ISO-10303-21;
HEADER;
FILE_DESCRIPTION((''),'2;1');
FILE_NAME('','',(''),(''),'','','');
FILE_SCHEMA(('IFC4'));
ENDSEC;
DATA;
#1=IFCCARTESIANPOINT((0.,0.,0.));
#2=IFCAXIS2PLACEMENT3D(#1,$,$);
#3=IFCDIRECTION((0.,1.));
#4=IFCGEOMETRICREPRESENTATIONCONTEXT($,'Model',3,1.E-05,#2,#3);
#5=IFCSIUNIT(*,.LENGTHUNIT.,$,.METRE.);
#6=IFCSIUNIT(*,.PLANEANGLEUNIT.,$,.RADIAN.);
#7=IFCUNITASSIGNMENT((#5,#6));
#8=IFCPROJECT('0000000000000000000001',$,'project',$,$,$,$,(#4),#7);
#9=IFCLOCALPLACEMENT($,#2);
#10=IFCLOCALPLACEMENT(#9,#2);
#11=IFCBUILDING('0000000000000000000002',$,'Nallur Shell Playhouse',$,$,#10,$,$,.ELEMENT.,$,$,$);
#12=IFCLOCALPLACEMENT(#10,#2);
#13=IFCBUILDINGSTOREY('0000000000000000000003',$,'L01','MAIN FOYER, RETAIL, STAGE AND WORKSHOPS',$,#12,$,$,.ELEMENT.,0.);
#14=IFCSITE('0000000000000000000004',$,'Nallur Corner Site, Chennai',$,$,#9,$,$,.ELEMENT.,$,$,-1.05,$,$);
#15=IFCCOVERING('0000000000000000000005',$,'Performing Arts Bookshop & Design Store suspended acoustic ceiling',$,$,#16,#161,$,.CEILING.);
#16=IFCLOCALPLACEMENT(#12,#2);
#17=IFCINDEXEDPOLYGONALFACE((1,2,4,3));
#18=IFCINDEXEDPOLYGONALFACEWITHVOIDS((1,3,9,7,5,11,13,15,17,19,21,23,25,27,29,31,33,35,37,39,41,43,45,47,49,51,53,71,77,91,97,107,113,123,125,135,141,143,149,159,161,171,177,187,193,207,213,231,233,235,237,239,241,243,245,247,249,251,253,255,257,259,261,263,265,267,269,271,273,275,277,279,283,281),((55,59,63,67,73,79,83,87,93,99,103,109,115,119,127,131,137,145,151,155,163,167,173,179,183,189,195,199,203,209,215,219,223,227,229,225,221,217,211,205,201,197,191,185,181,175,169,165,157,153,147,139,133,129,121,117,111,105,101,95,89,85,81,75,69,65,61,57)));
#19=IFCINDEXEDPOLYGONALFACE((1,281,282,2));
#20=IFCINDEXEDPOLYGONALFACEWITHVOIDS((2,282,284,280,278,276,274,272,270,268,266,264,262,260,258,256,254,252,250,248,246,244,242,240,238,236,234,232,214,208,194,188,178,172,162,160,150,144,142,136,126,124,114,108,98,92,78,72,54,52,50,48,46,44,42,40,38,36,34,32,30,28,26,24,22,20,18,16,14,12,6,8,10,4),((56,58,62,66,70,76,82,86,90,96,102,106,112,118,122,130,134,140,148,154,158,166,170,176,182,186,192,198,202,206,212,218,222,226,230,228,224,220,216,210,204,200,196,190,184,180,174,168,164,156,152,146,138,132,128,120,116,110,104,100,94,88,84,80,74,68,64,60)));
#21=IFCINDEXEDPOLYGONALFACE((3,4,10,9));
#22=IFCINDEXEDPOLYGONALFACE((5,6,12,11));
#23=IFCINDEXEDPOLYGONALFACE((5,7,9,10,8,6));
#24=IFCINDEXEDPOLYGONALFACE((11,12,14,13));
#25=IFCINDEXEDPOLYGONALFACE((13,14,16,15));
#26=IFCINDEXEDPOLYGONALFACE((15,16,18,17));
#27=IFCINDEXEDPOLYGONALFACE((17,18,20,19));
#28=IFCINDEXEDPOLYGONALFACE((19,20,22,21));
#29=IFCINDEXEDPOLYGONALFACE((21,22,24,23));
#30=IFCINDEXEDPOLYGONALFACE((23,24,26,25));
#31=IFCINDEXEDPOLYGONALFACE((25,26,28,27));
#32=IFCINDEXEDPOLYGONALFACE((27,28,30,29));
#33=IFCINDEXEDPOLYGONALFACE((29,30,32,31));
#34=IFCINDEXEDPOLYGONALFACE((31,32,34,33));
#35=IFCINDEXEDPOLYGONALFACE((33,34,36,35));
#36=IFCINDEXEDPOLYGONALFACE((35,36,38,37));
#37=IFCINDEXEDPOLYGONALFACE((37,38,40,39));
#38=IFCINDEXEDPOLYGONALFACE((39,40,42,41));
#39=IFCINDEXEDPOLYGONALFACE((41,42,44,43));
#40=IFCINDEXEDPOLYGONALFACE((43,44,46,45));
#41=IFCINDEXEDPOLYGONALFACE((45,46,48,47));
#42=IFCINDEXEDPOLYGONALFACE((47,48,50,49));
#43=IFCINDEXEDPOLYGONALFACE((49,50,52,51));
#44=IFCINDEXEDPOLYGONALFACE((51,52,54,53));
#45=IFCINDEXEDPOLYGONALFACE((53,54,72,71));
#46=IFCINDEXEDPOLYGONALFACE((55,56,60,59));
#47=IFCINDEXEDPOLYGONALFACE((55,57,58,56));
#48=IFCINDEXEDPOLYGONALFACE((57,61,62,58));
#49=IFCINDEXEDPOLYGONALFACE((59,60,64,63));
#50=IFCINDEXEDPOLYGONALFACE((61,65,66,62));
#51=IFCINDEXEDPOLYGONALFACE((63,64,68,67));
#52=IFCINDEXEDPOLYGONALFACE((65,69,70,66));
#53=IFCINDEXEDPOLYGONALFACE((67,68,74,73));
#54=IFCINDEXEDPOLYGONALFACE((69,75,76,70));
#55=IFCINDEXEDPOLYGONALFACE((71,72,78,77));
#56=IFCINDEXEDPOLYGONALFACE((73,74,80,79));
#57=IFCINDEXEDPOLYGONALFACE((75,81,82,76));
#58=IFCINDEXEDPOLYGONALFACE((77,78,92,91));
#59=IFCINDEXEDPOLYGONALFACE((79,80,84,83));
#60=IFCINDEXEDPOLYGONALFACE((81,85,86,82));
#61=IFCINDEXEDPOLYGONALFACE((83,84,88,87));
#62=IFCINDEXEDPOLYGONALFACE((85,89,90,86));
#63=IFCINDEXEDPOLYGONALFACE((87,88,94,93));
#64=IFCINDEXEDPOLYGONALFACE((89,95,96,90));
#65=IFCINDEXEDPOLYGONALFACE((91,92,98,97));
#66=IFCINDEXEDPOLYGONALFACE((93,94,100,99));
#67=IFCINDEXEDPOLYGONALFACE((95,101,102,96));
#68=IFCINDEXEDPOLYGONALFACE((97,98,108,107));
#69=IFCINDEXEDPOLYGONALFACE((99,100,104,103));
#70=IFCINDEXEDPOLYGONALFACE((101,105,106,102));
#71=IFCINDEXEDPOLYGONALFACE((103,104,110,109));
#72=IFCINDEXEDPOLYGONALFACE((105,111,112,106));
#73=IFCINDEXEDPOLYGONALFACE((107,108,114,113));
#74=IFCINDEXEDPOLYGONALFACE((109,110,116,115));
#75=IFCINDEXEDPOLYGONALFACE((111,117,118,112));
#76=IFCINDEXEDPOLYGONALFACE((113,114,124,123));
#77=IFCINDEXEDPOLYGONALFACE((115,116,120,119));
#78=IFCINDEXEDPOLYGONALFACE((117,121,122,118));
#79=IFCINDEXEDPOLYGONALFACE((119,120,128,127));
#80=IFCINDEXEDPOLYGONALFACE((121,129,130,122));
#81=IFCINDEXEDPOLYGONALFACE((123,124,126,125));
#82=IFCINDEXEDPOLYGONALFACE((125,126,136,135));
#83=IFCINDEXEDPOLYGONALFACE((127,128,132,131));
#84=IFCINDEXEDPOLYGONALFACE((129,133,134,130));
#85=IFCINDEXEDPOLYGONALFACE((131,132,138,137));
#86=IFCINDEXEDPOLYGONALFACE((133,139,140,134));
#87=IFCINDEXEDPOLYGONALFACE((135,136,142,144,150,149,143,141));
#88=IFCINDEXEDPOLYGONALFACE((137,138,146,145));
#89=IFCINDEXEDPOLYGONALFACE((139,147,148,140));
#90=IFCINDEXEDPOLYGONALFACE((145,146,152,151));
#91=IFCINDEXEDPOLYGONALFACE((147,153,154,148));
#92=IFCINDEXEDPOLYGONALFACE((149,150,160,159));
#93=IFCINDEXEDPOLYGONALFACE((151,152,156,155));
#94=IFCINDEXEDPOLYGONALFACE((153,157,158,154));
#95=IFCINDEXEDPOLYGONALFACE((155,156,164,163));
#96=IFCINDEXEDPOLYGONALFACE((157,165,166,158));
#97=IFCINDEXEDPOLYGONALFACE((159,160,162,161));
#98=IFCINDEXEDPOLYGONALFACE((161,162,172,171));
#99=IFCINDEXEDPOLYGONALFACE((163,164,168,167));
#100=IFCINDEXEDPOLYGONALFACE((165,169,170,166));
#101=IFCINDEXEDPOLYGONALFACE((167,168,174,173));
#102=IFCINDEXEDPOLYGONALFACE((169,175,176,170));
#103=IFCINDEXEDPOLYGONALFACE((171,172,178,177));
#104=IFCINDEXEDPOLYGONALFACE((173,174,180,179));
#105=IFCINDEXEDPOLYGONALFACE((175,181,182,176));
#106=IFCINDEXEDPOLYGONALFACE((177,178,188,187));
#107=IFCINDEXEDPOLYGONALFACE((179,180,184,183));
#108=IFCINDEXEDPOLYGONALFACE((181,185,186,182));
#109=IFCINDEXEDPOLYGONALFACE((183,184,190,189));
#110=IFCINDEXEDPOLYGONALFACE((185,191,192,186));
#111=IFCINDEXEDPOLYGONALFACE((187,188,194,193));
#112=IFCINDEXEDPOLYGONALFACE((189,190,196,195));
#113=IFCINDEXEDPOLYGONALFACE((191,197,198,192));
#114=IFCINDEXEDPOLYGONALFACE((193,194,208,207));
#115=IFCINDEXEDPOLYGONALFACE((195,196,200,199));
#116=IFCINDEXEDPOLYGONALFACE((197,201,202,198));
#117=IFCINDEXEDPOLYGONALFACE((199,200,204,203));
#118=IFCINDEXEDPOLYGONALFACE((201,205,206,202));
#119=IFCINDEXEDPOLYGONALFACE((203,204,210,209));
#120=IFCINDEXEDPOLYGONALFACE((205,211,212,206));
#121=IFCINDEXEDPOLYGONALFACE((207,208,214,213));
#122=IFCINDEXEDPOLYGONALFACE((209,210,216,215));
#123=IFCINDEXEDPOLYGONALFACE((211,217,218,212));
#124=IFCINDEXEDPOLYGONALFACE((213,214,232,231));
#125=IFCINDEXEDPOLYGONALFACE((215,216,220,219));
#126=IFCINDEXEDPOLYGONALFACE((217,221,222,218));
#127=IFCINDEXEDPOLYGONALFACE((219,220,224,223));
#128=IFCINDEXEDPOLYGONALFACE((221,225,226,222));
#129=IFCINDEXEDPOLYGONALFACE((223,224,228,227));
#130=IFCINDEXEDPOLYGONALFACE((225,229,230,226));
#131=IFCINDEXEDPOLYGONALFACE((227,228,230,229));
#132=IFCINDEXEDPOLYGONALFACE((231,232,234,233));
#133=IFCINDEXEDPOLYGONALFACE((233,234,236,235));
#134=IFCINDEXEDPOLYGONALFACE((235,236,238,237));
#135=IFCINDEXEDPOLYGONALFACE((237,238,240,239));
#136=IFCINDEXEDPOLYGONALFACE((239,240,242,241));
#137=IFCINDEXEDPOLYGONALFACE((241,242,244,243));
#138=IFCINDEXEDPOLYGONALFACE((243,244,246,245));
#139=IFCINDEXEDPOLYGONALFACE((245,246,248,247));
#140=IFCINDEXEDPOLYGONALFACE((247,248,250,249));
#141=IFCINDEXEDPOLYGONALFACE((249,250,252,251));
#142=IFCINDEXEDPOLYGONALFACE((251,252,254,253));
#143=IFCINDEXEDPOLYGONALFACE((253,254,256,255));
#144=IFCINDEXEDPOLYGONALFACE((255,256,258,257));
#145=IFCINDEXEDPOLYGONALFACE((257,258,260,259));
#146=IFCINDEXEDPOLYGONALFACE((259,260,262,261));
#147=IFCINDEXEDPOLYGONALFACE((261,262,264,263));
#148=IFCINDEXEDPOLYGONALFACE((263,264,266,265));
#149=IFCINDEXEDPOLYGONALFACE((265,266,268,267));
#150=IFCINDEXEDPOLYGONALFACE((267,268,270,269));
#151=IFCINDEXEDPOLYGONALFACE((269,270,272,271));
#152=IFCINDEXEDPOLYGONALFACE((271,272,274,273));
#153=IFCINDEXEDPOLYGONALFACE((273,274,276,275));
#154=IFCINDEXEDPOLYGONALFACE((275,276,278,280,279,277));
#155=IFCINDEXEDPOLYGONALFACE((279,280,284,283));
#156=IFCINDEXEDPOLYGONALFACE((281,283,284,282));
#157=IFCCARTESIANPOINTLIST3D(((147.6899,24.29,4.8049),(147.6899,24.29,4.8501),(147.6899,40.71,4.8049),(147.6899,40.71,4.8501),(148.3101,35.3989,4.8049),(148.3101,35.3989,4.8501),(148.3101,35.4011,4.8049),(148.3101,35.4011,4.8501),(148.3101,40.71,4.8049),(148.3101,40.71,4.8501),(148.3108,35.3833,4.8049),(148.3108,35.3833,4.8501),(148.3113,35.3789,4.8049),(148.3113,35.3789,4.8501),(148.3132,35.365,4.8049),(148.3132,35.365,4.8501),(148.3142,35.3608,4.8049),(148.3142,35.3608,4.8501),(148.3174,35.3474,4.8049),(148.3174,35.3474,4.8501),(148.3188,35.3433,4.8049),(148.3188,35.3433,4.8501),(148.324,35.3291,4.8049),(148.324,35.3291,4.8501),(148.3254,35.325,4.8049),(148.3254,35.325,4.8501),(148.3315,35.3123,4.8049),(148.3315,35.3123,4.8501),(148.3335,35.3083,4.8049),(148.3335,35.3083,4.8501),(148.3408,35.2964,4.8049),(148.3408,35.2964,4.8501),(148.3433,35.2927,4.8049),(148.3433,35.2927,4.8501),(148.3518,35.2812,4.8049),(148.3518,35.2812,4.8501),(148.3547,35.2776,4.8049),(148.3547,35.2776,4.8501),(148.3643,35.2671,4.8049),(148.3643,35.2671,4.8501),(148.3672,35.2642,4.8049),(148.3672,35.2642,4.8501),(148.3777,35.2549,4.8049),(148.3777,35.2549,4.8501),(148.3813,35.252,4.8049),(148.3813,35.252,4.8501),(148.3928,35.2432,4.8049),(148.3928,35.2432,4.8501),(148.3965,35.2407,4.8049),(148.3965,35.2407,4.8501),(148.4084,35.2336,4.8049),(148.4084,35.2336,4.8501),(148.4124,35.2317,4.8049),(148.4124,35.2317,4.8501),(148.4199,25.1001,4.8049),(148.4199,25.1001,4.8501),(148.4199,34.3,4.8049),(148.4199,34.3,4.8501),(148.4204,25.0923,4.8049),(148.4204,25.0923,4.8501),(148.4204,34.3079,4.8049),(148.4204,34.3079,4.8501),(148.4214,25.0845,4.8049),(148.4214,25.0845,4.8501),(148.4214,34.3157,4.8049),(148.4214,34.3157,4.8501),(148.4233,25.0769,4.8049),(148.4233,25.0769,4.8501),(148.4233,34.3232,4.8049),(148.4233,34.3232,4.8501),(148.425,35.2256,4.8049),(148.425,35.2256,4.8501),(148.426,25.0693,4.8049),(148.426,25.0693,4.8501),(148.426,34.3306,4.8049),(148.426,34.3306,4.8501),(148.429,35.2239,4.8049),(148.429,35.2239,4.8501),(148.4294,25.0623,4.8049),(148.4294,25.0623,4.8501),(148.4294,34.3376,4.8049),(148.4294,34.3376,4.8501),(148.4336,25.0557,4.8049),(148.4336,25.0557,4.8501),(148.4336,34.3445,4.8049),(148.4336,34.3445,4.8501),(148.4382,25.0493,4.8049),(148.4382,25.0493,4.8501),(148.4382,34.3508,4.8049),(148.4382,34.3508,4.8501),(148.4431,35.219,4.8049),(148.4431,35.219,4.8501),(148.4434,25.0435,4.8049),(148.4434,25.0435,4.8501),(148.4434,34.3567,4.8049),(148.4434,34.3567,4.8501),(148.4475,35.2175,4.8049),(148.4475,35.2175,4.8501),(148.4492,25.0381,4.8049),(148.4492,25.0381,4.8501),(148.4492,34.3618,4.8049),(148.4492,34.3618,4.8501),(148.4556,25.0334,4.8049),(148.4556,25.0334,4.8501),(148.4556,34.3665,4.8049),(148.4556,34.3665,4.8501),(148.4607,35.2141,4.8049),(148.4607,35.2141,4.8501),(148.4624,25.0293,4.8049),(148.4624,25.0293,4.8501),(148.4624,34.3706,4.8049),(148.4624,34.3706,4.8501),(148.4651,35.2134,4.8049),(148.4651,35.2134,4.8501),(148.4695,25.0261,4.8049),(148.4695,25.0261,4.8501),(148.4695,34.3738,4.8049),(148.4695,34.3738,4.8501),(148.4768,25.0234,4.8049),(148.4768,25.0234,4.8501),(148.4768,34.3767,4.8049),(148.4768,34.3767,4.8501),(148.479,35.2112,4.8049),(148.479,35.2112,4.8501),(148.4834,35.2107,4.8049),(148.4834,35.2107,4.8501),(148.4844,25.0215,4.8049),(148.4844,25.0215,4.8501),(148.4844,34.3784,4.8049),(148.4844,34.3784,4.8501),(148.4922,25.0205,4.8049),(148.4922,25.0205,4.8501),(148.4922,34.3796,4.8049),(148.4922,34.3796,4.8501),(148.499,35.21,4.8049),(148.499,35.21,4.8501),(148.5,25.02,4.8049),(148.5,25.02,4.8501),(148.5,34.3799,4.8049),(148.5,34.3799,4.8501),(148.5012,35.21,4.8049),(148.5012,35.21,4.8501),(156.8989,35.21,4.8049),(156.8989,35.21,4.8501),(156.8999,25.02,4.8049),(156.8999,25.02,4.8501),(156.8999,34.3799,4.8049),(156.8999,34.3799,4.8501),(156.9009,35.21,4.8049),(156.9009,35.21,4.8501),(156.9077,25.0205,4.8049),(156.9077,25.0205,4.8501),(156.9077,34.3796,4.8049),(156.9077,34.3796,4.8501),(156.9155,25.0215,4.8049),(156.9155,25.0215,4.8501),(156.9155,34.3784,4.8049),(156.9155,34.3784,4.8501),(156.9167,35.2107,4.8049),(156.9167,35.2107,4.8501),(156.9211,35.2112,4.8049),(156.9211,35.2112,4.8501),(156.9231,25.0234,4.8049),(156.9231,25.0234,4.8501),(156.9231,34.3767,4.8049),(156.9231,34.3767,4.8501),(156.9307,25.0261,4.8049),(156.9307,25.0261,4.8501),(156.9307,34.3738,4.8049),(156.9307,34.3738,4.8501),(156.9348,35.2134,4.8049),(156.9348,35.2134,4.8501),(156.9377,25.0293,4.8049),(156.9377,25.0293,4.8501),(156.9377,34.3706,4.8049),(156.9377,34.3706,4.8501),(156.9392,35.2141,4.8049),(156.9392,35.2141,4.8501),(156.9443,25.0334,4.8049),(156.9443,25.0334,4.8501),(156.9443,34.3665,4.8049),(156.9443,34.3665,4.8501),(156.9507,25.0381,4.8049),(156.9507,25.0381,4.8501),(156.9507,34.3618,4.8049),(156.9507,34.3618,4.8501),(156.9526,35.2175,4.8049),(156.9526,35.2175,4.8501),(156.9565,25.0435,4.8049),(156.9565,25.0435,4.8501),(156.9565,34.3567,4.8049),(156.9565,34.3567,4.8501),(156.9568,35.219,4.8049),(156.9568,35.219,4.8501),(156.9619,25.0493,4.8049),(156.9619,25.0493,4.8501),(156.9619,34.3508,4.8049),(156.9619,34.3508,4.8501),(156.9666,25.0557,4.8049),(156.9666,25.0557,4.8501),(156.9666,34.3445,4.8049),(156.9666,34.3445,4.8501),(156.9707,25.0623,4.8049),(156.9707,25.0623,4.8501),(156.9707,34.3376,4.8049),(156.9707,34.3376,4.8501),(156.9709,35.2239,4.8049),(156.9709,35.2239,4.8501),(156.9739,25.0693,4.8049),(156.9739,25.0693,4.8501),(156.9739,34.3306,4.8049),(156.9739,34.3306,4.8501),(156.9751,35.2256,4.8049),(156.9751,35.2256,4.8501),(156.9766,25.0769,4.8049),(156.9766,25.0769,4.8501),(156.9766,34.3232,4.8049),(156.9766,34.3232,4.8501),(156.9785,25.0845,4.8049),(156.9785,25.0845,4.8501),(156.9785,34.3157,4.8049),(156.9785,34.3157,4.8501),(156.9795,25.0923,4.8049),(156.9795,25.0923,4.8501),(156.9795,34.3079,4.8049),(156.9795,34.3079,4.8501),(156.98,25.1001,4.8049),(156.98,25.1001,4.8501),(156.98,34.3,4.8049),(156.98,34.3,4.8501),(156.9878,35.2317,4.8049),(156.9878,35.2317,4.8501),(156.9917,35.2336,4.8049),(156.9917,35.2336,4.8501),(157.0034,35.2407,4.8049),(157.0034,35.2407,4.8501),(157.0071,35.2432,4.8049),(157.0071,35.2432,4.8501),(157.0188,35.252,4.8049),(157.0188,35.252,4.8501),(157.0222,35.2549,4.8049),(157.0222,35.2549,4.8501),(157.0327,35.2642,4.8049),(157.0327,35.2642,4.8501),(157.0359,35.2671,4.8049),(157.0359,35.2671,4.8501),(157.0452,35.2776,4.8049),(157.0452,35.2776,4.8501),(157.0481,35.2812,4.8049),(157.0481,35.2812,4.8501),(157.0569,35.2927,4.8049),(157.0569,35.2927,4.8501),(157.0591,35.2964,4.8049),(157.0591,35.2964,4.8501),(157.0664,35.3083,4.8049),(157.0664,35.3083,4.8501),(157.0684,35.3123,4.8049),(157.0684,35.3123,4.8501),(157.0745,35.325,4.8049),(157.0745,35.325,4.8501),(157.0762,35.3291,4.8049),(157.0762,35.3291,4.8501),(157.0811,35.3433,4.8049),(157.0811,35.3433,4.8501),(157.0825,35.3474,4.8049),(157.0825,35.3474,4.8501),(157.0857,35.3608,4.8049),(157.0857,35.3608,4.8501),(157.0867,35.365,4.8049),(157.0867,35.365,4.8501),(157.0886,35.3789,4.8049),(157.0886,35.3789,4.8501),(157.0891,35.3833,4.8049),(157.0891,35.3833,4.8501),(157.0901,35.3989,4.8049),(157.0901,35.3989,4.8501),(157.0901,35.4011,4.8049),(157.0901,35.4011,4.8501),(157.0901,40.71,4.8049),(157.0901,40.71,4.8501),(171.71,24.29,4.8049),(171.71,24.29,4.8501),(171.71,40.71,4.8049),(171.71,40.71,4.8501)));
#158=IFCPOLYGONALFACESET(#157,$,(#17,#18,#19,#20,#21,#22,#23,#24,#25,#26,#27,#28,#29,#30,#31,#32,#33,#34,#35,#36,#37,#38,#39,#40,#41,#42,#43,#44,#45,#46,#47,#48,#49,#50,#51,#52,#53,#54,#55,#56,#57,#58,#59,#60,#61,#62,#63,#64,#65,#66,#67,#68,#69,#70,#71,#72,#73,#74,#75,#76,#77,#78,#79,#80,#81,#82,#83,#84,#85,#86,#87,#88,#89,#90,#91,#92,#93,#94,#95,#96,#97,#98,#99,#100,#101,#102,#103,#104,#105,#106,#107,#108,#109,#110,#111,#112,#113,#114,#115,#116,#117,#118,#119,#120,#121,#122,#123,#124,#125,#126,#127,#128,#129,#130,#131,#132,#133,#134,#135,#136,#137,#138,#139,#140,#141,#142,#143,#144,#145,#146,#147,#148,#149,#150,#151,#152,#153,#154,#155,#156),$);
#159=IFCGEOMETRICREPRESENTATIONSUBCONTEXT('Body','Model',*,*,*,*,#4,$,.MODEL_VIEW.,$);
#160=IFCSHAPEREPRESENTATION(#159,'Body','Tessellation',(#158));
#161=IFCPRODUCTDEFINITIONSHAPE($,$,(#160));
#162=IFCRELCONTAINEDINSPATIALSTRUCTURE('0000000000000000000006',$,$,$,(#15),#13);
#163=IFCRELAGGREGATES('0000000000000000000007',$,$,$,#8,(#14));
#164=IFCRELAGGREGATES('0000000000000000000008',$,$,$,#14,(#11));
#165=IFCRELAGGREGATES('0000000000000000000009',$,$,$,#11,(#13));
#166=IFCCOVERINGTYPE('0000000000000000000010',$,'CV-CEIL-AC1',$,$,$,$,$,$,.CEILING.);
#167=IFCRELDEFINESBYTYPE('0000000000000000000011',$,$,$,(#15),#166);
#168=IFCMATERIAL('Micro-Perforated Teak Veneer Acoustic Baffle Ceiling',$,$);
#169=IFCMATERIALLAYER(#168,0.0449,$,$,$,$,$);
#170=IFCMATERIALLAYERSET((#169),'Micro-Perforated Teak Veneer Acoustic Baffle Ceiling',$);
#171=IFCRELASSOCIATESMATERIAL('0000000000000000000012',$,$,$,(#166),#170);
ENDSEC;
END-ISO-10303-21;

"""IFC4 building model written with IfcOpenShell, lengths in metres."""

from ifc_helpers import new_model, si_unit, direction, frame, origin, place, context, subcontext, project, spatial, polyline, outline, extrude, material, layer, layer_set, type_object, element, save


model = new_model("IFC4")

# Units and contexts
model_context = context("Model", 3, precision=1e-05, world=origin(), true_north=direction((0.0, 1.0)))
body_context = subcontext(model_context, "Body", "Model", "MODEL_VIEW")
ifc_project = project(units=[si_unit("LENGTHUNIT", "METRE"), si_unit("PLANEANGLEUNIT", "RADIAN")], contexts=[model_context])

# Site, building, storey
site_placement = place(None, origin())
site = spatial("IfcSite", under=ifc_project, at=site_placement, Name="Nallur Corner Site, Chennai", CompositionType="ELEMENT", RefElevation=-1.05)
building_placement = place(site_placement, origin())
building = spatial("IfcBuilding", under=site, at=building_placement, Name="Nallur Shell Playhouse", CompositionType="ELEMENT")
storey_placement = place(building_placement, origin())
storey = spatial("IfcBuildingStorey", under=building, at=storey_placement, Name="L01", Description="MAIN FOYER, RETAIL, STAGE AND WORKSHOPS", CompositionType="ELEMENT", Elevation=0.0)

# Covering
ifc_material_1 = material(Name="Micro-Perforated Teak Veneer Acoustic Baffle Ceiling")
ifc_layer_1 = layer(ifc_material_1, 0.0449)
ifc_layer_set_1 = layer_set([ifc_layer_1], Name="Micro-Perforated Teak Veneer Acoustic Baffle Ceiling")
covering_type_1 = type_object("IfcCoveringType", Name="CV-CEIL-AC1", PredefinedType="CEILING", material=ifc_layer_set_1)
covering_1_placement = place(storey_placement, frame((0.0, 0.0, 4.8049)))
element("IfcCovering", 1, at=covering_1_placement, inside=storey, type_object=covering_type_1, Name="Performing Arts Bookshop & Design Store suspended acoustic ceiling", PredefinedType="CEILING", context=body_context, shape_type="SweptSolid", body=[
    extrude(outline(polyline([(148.3188, 35.3433), (148.324, 35.3291), (148.3254, 35.325), (148.3315, 35.3123), (148.3335, 35.3083), (148.3408, 35.2964), (148.3433, 35.2927), (148.3518, 35.2812), (148.3547, 35.2776), (148.3643, 35.2671), (148.3672, 35.2642), (148.3777, 35.2549), (148.3813, 35.252), (148.3928, 35.2432), (148.3965, 35.2407), (148.4084, 35.2336), (148.4124, 35.2317), (148.425, 35.2256), (148.429, 35.2239), (148.4431, 35.219), (148.4475, 35.2175), (148.4607, 35.2141), (148.4651, 35.2134), (148.479, 35.2112), (148.4834, 35.2107), (148.499, 35.21), (148.5012, 35.21), (156.8989, 35.21), (156.9009, 35.21), (156.9167, 35.2107), (156.9211, 35.2112), (156.9348, 35.2134), (156.9392, 35.2141), (156.9526, 35.2175), (156.9568, 35.219), (156.9709, 35.2239), (156.9751, 35.2256), (156.9878, 35.2317), (156.9917, 35.2336), (157.0034, 35.2407), (157.0071, 35.2432), (157.0188, 35.252), (157.0222, 35.2549), (157.0327, 35.2642), (157.0359, 35.2671), (157.0452, 35.2776), (157.0481, 35.2812), (157.0569, 35.2927), (157.0591, 35.2964), (157.0664, 35.3083), (157.0684, 35.3123), (157.0745, 35.325), (157.0762, 35.3291), (157.0811, 35.3433), (157.0825, 35.3474), (157.0857, 35.3608), (157.0867, 35.365), (157.0886, 35.3789), (157.0891, 35.3833), (157.0901, 35.3989), (157.0901, 35.4011), (157.0901, 40.71), (171.71, 40.71), (171.71, 24.29), (147.6899, 24.29), (147.6899, 40.71), (148.3101, 40.71), (148.3101, 35.4011), (148.3101, 35.3989), (148.3108, 35.3833), (148.3113, 35.3789), (148.3132, 35.365), (148.3142, 35.3608), (148.3174, 35.3474), (148.3188, 35.3433)]), holes=[polyline([(156.9155, 25.0215), (156.9231, 25.0234), (156.9307, 25.0261), (156.9377, 25.0293), (156.9443, 25.0334), (156.9507, 25.0381), (156.9565, 25.0435), (156.9619, 25.0493), (156.9666, 25.0557), (156.9707, 25.0623), (156.9739, 25.0693), (156.9766, 25.0769), (156.9785, 25.0845), (156.9795, 25.0923), (156.98, 25.1001), (156.98, 34.3), (156.9795, 34.3079), (156.9785, 34.3157), (156.9766, 34.3232), (156.9739, 34.3306), (156.9707, 34.3376), (156.9666, 34.3445), (156.9619, 34.3508), (156.9565, 34.3567), (156.9507, 34.3618), (156.9443, 34.3665), (156.9377, 34.3706), (156.9307, 34.3738), (156.9231, 34.3767), (156.9155, 34.3784), (156.9077, 34.3796), (156.8999, 34.3799), (148.5, 34.3799), (148.4922, 34.3796), (148.4844, 34.3784), (148.4768, 34.3767), (148.4695, 34.3738), (148.4624, 34.3706), (148.4556, 34.3665), (148.4492, 34.3618), (148.4434, 34.3567), (148.4382, 34.3508), (148.4336, 34.3445), (148.4294, 34.3376), (148.426, 34.3306), (148.4233, 34.3232), (148.4214, 34.3157), (148.4204, 34.3079), (148.4199, 34.3), (148.4199, 25.1001), (148.4204, 25.0923), (148.4214, 25.0845), (148.4233, 25.0769), (148.426, 25.0693), (148.4294, 25.0623), (148.4336, 25.0557), (148.4382, 25.0493), (148.4434, 25.0435), (148.4492, 25.0381), (148.4556, 25.0334), (148.4624, 25.0293), (148.4695, 25.0261), (148.4768, 25.0234), (148.4844, 25.0215), (148.4922, 25.0205), (148.5, 25.02), (156.8999, 25.02), (156.9077, 25.0205), (156.9155, 25.0215)])]), origin(), (0.0, 0.0, 1.0), 0.0452),
])

save(model, "model.ifc")
